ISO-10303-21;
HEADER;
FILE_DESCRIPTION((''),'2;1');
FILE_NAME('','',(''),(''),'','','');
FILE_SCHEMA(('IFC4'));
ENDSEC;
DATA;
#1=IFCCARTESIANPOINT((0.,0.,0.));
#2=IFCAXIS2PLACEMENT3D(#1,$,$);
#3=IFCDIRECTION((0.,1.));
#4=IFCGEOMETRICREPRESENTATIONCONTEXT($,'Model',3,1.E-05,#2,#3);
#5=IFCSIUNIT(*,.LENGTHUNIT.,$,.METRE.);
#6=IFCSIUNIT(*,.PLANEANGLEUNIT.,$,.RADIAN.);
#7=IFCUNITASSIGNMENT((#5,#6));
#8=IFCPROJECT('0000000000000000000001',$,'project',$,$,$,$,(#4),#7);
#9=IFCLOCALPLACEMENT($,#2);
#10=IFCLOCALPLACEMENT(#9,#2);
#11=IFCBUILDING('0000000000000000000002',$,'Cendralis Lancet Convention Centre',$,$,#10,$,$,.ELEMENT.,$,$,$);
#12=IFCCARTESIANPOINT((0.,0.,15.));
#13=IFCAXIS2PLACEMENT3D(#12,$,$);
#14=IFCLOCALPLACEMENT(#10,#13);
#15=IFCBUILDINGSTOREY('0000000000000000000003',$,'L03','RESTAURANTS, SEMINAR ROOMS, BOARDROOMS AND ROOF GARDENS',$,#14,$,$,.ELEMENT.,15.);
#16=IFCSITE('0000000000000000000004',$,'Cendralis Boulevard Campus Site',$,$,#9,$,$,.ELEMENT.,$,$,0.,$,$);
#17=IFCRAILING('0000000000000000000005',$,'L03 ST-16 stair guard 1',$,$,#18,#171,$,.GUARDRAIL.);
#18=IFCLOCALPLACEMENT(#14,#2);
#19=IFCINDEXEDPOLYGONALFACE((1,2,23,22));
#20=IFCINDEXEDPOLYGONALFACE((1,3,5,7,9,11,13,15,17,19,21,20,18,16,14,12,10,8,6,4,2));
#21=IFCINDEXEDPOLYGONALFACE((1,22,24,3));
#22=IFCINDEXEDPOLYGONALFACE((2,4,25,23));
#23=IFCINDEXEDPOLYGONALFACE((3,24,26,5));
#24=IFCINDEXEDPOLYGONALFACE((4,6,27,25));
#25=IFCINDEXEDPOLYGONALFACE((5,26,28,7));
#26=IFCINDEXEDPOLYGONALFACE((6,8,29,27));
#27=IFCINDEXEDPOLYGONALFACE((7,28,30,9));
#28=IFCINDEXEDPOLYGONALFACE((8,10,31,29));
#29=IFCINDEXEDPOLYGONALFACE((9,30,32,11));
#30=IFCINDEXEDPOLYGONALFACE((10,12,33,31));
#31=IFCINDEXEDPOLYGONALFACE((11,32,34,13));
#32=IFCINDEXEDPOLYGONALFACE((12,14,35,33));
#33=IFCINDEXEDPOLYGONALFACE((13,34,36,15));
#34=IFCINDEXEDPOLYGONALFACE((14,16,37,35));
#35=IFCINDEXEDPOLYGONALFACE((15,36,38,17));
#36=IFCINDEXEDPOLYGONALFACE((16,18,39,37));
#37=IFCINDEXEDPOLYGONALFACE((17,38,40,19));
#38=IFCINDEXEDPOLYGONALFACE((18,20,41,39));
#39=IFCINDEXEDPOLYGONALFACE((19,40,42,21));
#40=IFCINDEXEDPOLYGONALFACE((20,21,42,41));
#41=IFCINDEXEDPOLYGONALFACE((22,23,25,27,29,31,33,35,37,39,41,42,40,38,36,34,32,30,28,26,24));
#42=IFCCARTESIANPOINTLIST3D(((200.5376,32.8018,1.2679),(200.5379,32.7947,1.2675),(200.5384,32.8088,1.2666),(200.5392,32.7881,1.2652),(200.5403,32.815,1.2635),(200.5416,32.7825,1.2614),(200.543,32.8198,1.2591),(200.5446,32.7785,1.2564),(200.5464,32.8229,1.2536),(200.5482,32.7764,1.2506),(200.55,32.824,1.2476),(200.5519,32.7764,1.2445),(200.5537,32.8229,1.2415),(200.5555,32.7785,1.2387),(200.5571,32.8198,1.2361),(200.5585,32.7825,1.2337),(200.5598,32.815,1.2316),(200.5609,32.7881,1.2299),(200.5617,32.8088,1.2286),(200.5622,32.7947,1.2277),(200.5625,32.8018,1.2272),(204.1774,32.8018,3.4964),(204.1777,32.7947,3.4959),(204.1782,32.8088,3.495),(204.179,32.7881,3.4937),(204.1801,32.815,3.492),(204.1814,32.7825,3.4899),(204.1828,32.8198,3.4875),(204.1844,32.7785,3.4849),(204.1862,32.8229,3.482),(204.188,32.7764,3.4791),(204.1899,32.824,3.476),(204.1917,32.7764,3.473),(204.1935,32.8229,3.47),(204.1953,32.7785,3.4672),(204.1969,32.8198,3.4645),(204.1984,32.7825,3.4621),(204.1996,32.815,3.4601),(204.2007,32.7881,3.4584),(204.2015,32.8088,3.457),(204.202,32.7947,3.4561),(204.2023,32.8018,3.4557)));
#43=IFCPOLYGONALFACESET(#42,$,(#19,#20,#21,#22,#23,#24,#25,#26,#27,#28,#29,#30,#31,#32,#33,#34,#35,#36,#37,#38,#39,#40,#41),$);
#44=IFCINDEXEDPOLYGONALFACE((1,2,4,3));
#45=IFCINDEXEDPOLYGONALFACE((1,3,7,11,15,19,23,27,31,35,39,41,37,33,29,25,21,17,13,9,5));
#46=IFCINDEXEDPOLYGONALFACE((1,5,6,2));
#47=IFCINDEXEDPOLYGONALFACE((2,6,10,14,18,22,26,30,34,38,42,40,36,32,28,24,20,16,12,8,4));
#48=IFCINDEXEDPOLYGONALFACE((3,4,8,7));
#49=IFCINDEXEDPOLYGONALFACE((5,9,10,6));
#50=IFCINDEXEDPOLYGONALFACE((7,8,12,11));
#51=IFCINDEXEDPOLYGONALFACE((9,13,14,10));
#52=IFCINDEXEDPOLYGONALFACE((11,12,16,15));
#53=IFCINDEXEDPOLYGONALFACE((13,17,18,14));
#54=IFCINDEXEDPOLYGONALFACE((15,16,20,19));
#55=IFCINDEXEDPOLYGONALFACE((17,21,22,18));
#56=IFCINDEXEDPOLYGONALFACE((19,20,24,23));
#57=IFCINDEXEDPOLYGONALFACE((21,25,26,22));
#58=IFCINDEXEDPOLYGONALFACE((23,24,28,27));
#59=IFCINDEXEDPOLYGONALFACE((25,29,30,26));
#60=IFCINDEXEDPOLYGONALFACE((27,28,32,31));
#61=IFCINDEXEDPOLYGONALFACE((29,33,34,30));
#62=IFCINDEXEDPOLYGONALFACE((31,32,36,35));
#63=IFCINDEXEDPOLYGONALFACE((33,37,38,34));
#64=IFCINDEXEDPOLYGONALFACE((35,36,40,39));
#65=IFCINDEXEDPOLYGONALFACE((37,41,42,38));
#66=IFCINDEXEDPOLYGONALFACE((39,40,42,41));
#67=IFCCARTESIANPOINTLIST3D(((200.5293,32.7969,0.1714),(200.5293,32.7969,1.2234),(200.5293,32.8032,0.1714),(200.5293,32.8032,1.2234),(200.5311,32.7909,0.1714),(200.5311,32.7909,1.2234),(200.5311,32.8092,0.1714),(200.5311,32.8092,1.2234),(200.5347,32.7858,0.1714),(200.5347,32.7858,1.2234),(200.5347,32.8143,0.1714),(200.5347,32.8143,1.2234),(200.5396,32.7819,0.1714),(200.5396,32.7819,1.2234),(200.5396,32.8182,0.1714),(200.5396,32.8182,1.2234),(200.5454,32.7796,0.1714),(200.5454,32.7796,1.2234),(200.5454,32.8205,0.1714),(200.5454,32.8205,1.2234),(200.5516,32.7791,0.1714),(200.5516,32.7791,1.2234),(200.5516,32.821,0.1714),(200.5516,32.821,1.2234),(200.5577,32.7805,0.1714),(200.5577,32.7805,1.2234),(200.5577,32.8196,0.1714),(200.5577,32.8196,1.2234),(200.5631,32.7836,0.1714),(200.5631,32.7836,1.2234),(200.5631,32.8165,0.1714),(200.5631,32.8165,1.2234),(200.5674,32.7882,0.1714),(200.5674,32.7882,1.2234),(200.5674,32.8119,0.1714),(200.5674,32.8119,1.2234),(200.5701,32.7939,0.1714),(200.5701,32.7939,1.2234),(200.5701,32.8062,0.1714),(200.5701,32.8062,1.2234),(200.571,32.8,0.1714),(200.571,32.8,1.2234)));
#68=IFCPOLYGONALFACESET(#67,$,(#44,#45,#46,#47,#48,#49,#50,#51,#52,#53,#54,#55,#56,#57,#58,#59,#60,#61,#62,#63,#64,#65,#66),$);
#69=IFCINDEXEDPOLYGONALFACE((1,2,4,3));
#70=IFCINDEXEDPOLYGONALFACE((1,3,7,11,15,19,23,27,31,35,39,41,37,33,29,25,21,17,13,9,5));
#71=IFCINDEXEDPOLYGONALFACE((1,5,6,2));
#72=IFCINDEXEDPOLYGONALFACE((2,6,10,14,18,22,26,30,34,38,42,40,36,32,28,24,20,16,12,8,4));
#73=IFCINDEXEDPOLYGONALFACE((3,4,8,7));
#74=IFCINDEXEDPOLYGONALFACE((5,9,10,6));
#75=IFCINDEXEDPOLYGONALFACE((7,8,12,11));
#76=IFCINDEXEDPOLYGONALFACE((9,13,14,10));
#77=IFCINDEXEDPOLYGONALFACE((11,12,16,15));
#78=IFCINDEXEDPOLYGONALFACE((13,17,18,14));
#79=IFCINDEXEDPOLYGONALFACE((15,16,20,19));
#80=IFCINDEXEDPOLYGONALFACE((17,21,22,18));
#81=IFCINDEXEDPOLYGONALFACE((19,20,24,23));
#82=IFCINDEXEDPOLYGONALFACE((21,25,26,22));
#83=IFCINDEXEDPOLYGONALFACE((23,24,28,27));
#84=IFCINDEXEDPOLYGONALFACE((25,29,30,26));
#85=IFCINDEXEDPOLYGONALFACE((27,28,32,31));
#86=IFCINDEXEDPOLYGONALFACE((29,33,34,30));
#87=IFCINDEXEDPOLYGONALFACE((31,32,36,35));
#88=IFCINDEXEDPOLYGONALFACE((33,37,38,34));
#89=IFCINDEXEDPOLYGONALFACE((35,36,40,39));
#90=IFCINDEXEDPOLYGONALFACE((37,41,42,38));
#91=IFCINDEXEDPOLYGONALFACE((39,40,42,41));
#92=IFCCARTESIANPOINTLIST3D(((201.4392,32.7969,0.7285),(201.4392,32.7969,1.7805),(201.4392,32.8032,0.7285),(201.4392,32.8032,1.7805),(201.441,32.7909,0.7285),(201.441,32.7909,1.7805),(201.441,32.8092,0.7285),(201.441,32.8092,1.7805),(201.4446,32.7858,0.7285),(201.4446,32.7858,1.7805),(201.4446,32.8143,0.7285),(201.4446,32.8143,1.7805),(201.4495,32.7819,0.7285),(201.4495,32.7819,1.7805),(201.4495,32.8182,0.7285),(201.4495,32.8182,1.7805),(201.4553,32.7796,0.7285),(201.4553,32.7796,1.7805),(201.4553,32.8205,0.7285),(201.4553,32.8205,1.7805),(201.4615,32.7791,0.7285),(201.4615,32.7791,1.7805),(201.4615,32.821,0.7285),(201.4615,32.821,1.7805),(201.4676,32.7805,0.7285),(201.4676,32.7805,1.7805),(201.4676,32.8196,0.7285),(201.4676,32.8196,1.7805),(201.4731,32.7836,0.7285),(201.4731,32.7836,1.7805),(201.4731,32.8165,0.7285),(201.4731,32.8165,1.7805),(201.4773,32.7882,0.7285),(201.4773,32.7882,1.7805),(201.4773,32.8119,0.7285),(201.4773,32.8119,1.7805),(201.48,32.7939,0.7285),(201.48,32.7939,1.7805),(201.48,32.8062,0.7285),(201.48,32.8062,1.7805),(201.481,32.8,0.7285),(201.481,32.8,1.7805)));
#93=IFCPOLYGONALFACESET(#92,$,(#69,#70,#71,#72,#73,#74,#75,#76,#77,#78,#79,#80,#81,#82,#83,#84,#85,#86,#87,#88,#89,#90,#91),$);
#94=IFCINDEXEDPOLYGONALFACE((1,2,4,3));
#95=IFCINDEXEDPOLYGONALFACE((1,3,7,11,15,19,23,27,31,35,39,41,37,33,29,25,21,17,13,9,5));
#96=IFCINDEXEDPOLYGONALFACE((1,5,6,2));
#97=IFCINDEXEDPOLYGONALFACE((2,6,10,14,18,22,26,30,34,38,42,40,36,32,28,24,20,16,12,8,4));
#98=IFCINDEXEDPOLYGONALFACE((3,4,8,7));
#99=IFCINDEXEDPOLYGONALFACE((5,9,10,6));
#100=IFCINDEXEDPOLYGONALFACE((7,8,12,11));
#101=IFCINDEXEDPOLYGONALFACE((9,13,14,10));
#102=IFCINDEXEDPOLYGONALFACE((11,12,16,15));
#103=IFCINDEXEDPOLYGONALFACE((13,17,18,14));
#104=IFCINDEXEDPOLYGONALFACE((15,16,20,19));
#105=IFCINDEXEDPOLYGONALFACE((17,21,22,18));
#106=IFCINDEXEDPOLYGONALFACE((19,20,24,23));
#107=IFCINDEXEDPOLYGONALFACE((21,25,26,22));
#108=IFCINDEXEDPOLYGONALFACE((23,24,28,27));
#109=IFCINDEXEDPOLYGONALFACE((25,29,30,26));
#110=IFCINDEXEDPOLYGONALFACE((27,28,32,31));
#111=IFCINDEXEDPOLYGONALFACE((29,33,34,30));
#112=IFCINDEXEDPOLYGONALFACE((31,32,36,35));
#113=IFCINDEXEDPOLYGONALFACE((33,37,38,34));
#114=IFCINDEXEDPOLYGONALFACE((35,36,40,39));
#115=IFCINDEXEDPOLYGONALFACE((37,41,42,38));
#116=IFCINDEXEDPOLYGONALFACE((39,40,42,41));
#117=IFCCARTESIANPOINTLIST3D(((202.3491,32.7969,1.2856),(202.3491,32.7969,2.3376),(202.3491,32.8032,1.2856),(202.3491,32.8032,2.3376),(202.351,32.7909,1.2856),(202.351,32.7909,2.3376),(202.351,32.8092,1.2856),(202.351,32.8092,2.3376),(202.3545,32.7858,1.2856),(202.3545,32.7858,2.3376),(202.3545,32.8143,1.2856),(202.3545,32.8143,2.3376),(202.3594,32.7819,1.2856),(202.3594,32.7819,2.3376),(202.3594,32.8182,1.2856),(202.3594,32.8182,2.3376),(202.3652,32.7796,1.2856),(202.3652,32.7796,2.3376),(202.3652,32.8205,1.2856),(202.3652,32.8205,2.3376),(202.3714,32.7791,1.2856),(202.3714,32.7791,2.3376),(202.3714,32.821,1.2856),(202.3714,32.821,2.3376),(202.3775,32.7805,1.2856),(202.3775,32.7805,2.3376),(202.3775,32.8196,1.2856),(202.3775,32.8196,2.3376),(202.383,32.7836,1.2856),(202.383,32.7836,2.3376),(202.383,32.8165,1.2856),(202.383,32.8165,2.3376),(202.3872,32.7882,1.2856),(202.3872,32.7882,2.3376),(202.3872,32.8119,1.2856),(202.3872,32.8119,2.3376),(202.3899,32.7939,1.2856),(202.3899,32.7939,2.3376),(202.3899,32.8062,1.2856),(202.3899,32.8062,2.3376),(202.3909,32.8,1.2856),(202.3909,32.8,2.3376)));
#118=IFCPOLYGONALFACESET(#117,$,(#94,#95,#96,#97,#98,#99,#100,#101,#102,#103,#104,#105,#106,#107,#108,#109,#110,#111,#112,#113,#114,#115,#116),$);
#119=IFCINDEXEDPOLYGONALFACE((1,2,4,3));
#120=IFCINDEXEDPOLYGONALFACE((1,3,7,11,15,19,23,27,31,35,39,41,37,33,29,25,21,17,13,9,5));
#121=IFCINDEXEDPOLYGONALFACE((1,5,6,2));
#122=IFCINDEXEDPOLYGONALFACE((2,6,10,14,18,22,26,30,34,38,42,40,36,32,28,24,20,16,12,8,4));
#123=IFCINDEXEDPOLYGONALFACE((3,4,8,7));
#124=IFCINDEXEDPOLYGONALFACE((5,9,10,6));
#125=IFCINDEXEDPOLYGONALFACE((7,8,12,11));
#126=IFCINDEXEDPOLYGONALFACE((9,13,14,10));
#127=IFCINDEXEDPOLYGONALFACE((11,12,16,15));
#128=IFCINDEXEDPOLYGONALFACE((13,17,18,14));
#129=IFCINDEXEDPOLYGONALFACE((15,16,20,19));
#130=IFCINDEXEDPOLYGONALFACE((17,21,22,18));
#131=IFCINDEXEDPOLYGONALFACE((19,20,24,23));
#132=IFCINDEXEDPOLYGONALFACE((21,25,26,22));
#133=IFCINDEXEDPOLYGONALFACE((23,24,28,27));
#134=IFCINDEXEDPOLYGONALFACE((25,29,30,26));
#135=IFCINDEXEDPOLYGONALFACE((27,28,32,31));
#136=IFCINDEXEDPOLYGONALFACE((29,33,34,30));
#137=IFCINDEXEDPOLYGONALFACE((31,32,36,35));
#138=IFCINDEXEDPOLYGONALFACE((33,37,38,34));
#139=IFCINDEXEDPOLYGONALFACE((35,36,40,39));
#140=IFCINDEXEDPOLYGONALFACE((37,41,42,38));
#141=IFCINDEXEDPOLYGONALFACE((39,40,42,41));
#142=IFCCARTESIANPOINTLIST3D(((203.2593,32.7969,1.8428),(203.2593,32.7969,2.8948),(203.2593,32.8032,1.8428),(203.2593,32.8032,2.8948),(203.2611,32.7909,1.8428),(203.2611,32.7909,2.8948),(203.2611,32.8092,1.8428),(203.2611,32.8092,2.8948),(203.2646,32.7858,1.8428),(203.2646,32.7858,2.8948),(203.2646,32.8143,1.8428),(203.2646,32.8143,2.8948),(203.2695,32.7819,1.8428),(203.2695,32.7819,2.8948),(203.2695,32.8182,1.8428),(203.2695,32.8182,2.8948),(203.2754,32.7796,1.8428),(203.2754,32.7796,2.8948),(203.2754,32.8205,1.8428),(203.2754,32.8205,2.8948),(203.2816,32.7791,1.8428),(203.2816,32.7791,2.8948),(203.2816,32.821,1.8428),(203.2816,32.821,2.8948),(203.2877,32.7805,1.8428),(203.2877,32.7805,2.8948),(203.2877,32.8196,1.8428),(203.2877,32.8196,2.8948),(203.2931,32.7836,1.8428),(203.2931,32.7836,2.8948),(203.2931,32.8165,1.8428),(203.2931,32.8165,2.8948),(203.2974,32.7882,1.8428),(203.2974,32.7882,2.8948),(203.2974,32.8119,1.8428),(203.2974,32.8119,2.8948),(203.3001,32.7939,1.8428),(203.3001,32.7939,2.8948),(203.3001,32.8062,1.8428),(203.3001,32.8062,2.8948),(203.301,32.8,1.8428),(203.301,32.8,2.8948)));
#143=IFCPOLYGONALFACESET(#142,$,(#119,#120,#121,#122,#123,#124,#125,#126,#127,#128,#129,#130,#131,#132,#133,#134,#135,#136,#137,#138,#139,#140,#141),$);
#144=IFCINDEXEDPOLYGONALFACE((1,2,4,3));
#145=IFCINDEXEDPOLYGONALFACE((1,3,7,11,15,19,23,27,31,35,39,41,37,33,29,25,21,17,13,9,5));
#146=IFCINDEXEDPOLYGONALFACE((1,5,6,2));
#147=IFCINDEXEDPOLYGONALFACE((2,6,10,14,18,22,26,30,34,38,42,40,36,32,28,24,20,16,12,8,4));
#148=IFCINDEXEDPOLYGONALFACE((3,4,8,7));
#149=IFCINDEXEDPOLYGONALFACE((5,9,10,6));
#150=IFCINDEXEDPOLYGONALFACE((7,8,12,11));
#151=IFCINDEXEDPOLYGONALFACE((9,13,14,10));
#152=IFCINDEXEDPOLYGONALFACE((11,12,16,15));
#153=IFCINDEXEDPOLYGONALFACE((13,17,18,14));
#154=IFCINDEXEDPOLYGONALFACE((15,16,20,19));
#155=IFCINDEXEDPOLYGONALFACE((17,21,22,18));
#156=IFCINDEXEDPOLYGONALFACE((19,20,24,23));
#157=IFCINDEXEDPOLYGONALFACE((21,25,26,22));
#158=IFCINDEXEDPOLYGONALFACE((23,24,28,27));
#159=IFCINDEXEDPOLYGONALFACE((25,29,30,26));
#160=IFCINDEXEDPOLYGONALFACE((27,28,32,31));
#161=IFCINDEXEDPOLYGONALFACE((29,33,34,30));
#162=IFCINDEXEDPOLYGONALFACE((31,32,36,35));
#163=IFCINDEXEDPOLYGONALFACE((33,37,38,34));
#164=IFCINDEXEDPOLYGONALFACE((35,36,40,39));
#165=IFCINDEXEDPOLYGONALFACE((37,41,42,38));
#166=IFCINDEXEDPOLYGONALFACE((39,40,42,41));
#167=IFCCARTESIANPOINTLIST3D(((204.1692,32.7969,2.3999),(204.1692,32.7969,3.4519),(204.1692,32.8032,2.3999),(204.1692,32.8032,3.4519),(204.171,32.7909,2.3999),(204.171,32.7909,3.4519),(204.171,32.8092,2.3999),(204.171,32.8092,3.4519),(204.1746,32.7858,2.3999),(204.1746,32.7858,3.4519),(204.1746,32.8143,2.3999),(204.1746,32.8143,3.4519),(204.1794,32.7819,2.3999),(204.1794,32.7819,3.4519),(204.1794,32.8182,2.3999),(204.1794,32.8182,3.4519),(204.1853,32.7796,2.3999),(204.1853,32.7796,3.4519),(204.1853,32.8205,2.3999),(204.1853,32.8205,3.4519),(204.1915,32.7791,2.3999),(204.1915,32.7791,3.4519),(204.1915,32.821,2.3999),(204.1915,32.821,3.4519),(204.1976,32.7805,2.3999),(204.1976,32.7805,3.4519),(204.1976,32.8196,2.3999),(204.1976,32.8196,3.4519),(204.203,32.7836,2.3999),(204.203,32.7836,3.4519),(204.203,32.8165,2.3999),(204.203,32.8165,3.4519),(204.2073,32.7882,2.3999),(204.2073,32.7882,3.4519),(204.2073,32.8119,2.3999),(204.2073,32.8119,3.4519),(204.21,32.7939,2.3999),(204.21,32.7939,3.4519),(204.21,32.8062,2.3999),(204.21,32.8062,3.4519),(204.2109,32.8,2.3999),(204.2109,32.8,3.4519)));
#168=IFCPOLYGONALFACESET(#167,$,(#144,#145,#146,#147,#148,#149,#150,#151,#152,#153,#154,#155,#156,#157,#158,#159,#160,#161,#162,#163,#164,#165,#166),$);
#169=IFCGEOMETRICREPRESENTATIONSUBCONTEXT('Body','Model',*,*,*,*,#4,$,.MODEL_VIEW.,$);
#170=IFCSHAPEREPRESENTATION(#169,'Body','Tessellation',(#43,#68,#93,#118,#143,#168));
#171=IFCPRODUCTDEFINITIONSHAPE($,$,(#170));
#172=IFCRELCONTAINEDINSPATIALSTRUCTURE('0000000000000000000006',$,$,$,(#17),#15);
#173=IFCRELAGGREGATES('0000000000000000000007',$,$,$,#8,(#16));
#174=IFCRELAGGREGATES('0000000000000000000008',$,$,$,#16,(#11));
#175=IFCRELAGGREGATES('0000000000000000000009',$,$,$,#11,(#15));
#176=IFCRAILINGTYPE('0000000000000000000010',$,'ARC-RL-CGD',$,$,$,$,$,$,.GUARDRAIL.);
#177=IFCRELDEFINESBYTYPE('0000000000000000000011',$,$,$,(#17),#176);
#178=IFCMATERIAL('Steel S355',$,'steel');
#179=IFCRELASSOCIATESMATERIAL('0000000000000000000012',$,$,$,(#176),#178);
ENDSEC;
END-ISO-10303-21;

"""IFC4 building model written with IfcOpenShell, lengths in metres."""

from ifc_helpers import new_model, si_unit, direction, frame, origin, origin_2d, place, context, subcontext, project, spatial, circle, extrude, material, type_object, element, save


model = new_model("IFC4")

# Units and contexts
model_context = context("Model", 3, precision=1e-05, world=origin(), true_north=direction((0.0, 1.0)))
body_context = subcontext(model_context, "Body", "Model", "MODEL_VIEW")
ifc_project = project(units=[si_unit("LENGTHUNIT", "METRE"), si_unit("PLANEANGLEUNIT", "RADIAN")], contexts=[model_context])

# Site, building, storey
site_placement = place(None, origin())
site = spatial("IfcSite", under=ifc_project, at=site_placement, Name="Cendralis Boulevard Campus Site", CompositionType="ELEMENT", RefElevation=0.0)
building_placement = place(site_placement, origin())
building = spatial("IfcBuilding", under=site, at=building_placement, Name="Cendralis Lancet Convention Centre", CompositionType="ELEMENT")
storey_placement = place(building_placement, frame((0.0, 0.0, 15.0)))
storey = spatial("IfcBuildingStorey", under=building, at=storey_placement, Name="L03", Description="RESTAURANTS, SEMINAR ROOMS, BOARDROOMS AND ROOF GARDENS", CompositionType="ELEMENT", Elevation=15.0)

# Shared definitions
ifc_material_1 = material(Name="Steel S355", Category="steel")

# Railing
railing_type_1 = type_object("IfcRailingType", Name="ARC-RL-CGD", PredefinedType="GUARDRAIL", material=ifc_material_1)
railing_1_placement = place(storey_placement, frame((200.55, 32.8, 0.1714)))
element("IfcRailing", 1, at=railing_1_placement, inside=storey, type_object=railing_type_1, Name="L03 ST-16 stair guard 1", PredefinedType="GUARDRAIL", context=body_context, shape_type="SweptSolid", body=[
    extrude(circle(Radius=0.0239, at=origin_2d()), frame((0.0, 0.0, 1.0762), z_axis=(0.85285, 0.0, 0.522156), x_axis=(0.0, 1.0, 0.0)), (0.0, 0.0, 1.0), 4.2678),
    extrude(circle(Radius=0.021, at=origin_2d()), origin(), (0.0, 0.0, 1.0), 1.052),
    extrude(circle(Radius=0.021, at=origin_2d()), frame((0.9099, 0.0, 0.5571)), (0.0, 0.0, 1.0), 1.052),
    extrude(circle(Radius=0.021, at=origin_2d()), frame((1.8198, 0.0, 1.1143)), (0.0, 0.0, 1.0), 1.052),
    extrude(circle(Radius=0.021, at=origin_2d()), frame((2.73, 0.0, 1.6714)), (0.0, 0.0, 1.0), 1.052),
    extrude(circle(Radius=0.021, at=origin_2d()), frame((3.6399, 0.0, 2.2285)), (0.0, 0.0, 1.0), 1.052),
])

save(model, "model.ifc")
